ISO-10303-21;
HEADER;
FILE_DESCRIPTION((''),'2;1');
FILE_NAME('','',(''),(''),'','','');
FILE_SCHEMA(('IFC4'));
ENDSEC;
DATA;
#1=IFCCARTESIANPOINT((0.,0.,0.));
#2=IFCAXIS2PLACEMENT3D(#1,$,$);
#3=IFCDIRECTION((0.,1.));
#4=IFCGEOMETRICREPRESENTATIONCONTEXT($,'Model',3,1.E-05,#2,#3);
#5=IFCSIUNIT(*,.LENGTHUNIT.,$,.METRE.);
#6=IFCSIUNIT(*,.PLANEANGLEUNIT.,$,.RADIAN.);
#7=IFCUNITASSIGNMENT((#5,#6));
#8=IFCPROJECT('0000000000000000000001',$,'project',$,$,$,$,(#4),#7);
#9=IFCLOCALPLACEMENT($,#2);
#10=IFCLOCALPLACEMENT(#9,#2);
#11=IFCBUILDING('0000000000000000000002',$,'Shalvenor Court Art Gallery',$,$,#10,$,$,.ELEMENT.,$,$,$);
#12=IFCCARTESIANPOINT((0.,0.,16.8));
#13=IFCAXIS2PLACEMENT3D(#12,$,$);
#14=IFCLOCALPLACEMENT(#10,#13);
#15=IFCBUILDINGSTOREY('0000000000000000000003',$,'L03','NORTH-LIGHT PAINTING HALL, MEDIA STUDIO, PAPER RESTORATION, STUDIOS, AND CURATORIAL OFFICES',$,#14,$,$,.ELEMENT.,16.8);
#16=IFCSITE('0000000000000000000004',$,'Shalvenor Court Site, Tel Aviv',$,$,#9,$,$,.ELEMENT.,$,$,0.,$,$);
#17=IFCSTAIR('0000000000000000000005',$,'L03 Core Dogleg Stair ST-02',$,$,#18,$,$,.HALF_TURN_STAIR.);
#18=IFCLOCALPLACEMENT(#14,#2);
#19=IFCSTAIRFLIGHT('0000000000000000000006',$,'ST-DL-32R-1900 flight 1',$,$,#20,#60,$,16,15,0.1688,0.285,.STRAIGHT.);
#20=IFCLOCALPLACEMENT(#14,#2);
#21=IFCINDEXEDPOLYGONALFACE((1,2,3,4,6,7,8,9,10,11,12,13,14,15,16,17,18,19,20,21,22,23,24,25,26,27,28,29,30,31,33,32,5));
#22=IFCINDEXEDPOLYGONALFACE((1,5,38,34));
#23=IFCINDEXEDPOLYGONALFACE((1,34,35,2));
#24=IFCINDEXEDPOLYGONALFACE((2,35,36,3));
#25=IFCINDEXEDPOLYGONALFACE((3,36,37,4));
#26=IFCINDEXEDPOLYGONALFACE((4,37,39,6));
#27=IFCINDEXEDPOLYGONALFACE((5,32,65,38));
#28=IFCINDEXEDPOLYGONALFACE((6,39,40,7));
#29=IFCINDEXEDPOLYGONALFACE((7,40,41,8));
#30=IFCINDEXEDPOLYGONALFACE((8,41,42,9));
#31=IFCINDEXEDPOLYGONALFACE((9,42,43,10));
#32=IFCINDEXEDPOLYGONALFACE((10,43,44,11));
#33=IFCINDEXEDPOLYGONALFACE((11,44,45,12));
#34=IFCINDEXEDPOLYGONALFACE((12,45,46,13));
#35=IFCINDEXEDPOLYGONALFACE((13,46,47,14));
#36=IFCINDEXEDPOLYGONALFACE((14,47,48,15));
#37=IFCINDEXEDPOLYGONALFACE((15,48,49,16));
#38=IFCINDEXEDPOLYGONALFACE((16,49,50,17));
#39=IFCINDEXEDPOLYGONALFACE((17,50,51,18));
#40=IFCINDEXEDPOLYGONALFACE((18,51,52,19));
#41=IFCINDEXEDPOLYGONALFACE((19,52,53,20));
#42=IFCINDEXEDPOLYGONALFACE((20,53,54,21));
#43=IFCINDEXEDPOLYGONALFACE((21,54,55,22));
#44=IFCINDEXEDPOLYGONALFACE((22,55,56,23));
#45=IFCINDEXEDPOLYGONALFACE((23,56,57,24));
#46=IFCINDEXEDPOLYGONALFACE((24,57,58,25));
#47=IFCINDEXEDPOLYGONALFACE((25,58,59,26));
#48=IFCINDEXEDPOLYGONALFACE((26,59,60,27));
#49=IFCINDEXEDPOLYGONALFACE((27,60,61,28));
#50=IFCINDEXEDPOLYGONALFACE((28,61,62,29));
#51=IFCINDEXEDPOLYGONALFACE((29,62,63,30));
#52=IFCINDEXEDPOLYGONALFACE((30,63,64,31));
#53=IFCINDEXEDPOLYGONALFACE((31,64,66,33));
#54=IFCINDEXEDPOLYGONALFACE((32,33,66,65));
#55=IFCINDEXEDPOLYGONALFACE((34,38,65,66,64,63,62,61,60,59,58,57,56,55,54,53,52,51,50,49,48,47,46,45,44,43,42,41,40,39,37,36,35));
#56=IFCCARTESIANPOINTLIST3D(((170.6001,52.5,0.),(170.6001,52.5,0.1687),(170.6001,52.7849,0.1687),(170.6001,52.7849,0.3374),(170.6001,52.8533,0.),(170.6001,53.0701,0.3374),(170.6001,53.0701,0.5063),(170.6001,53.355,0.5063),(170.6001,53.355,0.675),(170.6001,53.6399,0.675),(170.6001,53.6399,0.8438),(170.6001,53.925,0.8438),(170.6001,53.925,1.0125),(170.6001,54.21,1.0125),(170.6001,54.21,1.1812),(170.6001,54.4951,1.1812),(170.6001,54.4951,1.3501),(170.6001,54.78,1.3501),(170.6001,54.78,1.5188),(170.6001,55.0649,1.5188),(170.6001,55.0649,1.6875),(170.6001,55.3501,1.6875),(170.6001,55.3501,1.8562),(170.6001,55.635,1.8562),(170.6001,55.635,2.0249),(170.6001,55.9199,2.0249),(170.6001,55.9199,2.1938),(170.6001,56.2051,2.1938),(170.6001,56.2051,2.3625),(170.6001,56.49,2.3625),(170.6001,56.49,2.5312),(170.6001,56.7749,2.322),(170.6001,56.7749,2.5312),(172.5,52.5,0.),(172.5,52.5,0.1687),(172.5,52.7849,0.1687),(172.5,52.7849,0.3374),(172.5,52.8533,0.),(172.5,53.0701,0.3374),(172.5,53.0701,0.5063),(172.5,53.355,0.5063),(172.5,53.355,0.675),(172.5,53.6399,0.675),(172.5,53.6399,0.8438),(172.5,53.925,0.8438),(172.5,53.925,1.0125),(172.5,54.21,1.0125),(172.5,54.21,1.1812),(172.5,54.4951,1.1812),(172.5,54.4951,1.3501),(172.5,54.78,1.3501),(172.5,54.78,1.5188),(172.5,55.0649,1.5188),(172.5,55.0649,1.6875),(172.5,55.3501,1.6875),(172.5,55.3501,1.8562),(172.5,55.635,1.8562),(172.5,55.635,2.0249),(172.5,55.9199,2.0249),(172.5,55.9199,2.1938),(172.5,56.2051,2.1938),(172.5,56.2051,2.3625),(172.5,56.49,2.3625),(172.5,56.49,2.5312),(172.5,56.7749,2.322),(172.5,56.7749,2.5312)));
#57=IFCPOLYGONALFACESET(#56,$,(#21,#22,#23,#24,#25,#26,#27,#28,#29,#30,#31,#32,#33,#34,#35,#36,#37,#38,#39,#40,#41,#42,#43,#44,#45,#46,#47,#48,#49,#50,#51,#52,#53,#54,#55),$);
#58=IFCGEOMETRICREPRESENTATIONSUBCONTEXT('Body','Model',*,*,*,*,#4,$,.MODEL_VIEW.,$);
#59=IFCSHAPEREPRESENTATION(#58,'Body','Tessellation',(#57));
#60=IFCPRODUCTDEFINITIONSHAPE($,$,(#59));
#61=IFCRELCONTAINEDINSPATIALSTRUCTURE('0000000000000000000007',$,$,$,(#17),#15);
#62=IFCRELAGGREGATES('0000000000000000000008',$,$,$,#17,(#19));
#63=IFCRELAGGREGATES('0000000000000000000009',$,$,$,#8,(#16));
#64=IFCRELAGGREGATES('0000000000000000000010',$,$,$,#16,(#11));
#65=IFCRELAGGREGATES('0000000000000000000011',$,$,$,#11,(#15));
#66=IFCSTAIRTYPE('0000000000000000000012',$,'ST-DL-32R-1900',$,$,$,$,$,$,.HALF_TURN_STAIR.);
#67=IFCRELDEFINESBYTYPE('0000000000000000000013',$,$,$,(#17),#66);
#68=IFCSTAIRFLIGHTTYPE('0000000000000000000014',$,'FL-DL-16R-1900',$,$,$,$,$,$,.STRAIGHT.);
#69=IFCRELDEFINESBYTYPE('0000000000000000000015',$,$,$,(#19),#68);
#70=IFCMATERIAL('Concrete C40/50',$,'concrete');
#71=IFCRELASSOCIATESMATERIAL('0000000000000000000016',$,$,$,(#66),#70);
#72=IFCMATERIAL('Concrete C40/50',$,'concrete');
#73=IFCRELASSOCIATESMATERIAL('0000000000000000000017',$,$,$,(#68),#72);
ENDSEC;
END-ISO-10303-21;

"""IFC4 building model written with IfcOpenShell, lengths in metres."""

from ifc_helpers import new_model, si_unit, direction, frame, origin, place, context, subcontext, project, spatial, polyline, outline, extrude, material, type_object, element, aggregate, save


model = new_model("IFC4")

# Units and contexts
model_context = context("Model", 3, precision=1e-05, world=origin(), true_north=direction((0.0, 1.0)))
body_context = subcontext(model_context, "Body", "Model", "MODEL_VIEW")
ifc_project = project(units=[si_unit("LENGTHUNIT", "METRE"), si_unit("PLANEANGLEUNIT", "RADIAN")], contexts=[model_context])

# Site, building, storey
site_placement = place(None, origin())
site = spatial("IfcSite", under=ifc_project, at=site_placement, Name="Shalvenor Court Site, Tel Aviv", CompositionType="ELEMENT", RefElevation=0.0)
building_placement = place(site_placement, origin())
building = spatial("IfcBuilding", under=site, at=building_placement, Name="Shalvenor Court Art Gallery", CompositionType="ELEMENT")
storey_placement = place(building_placement, frame((0.0, 0.0, 16.8)))
storey = spatial("IfcBuildingStorey", under=building, at=storey_placement, Name="L03", Description="NORTH-LIGHT PAINTING HALL, MEDIA STUDIO, PAPER RESTORATION, STUDIOS, AND CURATORIAL OFFICES", CompositionType="ELEMENT", Elevation=16.8)

# Stair, stair flight
ifc_material_1 = material(Name="Concrete C40/50", Category="concrete")
stair_type = type_object("IfcStairType", Name="ST-DL-32R-1900", PredefinedType="HALF_TURN_STAIR", material=ifc_material_1)
stair_placement = place(storey_placement, origin())
stair = element("IfcStair", 1, at=stair_placement, inside=storey, type_object=stair_type, Name="L03 Core Dogleg Stair ST-02", PredefinedType="HALF_TURN_STAIR")
ifc_material_2 = material(Name="Concrete C40/50", Category="concrete")
stair_flight_type = type_object("IfcStairFlightType", Name="FL-DL-16R-1900", PredefinedType="STRAIGHT", material=ifc_material_2)
stair_flight_placement = place(storey_placement, frame((171.55, 52.5, 0.0), z_axis=(0.0, 0.0, 1.0), x_axis=(0.0, 1.0, 0.0)))
stair_flight = element("IfcStairFlight", 2, at=stair_flight_placement, type_object=stair_flight_type, Name="ST-DL-32R-1900 flight 1", NumberOfRisers=16, NumberOfTreads=15, PredefinedType="STRAIGHT", RiserHeight=0.1688, TreadLength=0.285, context=body_context, shape_type="SweptSolid", body=[
    extrude(outline(polyline([(0.0, 0.0), (0.0, 0.1687), (0.2849, 0.1687), (0.2849, 0.3374), (0.5701, 0.3374), (0.5701, 0.5063), (0.855, 0.5063), (0.855, 0.675), (1.1399, 0.675), (1.1399, 0.8438), (1.425, 0.8438), (1.425, 1.0125), (1.71, 1.0125), (1.71, 1.1812), (1.9951, 1.1812), (1.9951, 1.3501), (2.28, 1.3501), (2.28, 1.5188), (2.5649, 1.5188), (2.5649, 1.6875), (2.8501, 1.6875), (2.8501, 1.8562), (3.135, 1.8562), (3.135, 2.0249), (3.4199, 2.0249), (3.4199, 2.1938), (3.7051, 2.1938), (3.7051, 2.3625), (3.99, 2.3625), (3.99, 2.5312), (4.2749, 2.5312), (4.2749, 2.7), (4.2749, 2.322), (0.3533, 0.0), (0.0, 0.0)])), frame((0.0, 0.95, 0.0), z_axis=(0.0, -1.0, 0.0), x_axis=(1.0, 0.0, 0.0)), (0.0, 0.0, 1.0), 1.8999),
])
aggregate(stair, [stair_flight])

save(model, "model.ifc")
